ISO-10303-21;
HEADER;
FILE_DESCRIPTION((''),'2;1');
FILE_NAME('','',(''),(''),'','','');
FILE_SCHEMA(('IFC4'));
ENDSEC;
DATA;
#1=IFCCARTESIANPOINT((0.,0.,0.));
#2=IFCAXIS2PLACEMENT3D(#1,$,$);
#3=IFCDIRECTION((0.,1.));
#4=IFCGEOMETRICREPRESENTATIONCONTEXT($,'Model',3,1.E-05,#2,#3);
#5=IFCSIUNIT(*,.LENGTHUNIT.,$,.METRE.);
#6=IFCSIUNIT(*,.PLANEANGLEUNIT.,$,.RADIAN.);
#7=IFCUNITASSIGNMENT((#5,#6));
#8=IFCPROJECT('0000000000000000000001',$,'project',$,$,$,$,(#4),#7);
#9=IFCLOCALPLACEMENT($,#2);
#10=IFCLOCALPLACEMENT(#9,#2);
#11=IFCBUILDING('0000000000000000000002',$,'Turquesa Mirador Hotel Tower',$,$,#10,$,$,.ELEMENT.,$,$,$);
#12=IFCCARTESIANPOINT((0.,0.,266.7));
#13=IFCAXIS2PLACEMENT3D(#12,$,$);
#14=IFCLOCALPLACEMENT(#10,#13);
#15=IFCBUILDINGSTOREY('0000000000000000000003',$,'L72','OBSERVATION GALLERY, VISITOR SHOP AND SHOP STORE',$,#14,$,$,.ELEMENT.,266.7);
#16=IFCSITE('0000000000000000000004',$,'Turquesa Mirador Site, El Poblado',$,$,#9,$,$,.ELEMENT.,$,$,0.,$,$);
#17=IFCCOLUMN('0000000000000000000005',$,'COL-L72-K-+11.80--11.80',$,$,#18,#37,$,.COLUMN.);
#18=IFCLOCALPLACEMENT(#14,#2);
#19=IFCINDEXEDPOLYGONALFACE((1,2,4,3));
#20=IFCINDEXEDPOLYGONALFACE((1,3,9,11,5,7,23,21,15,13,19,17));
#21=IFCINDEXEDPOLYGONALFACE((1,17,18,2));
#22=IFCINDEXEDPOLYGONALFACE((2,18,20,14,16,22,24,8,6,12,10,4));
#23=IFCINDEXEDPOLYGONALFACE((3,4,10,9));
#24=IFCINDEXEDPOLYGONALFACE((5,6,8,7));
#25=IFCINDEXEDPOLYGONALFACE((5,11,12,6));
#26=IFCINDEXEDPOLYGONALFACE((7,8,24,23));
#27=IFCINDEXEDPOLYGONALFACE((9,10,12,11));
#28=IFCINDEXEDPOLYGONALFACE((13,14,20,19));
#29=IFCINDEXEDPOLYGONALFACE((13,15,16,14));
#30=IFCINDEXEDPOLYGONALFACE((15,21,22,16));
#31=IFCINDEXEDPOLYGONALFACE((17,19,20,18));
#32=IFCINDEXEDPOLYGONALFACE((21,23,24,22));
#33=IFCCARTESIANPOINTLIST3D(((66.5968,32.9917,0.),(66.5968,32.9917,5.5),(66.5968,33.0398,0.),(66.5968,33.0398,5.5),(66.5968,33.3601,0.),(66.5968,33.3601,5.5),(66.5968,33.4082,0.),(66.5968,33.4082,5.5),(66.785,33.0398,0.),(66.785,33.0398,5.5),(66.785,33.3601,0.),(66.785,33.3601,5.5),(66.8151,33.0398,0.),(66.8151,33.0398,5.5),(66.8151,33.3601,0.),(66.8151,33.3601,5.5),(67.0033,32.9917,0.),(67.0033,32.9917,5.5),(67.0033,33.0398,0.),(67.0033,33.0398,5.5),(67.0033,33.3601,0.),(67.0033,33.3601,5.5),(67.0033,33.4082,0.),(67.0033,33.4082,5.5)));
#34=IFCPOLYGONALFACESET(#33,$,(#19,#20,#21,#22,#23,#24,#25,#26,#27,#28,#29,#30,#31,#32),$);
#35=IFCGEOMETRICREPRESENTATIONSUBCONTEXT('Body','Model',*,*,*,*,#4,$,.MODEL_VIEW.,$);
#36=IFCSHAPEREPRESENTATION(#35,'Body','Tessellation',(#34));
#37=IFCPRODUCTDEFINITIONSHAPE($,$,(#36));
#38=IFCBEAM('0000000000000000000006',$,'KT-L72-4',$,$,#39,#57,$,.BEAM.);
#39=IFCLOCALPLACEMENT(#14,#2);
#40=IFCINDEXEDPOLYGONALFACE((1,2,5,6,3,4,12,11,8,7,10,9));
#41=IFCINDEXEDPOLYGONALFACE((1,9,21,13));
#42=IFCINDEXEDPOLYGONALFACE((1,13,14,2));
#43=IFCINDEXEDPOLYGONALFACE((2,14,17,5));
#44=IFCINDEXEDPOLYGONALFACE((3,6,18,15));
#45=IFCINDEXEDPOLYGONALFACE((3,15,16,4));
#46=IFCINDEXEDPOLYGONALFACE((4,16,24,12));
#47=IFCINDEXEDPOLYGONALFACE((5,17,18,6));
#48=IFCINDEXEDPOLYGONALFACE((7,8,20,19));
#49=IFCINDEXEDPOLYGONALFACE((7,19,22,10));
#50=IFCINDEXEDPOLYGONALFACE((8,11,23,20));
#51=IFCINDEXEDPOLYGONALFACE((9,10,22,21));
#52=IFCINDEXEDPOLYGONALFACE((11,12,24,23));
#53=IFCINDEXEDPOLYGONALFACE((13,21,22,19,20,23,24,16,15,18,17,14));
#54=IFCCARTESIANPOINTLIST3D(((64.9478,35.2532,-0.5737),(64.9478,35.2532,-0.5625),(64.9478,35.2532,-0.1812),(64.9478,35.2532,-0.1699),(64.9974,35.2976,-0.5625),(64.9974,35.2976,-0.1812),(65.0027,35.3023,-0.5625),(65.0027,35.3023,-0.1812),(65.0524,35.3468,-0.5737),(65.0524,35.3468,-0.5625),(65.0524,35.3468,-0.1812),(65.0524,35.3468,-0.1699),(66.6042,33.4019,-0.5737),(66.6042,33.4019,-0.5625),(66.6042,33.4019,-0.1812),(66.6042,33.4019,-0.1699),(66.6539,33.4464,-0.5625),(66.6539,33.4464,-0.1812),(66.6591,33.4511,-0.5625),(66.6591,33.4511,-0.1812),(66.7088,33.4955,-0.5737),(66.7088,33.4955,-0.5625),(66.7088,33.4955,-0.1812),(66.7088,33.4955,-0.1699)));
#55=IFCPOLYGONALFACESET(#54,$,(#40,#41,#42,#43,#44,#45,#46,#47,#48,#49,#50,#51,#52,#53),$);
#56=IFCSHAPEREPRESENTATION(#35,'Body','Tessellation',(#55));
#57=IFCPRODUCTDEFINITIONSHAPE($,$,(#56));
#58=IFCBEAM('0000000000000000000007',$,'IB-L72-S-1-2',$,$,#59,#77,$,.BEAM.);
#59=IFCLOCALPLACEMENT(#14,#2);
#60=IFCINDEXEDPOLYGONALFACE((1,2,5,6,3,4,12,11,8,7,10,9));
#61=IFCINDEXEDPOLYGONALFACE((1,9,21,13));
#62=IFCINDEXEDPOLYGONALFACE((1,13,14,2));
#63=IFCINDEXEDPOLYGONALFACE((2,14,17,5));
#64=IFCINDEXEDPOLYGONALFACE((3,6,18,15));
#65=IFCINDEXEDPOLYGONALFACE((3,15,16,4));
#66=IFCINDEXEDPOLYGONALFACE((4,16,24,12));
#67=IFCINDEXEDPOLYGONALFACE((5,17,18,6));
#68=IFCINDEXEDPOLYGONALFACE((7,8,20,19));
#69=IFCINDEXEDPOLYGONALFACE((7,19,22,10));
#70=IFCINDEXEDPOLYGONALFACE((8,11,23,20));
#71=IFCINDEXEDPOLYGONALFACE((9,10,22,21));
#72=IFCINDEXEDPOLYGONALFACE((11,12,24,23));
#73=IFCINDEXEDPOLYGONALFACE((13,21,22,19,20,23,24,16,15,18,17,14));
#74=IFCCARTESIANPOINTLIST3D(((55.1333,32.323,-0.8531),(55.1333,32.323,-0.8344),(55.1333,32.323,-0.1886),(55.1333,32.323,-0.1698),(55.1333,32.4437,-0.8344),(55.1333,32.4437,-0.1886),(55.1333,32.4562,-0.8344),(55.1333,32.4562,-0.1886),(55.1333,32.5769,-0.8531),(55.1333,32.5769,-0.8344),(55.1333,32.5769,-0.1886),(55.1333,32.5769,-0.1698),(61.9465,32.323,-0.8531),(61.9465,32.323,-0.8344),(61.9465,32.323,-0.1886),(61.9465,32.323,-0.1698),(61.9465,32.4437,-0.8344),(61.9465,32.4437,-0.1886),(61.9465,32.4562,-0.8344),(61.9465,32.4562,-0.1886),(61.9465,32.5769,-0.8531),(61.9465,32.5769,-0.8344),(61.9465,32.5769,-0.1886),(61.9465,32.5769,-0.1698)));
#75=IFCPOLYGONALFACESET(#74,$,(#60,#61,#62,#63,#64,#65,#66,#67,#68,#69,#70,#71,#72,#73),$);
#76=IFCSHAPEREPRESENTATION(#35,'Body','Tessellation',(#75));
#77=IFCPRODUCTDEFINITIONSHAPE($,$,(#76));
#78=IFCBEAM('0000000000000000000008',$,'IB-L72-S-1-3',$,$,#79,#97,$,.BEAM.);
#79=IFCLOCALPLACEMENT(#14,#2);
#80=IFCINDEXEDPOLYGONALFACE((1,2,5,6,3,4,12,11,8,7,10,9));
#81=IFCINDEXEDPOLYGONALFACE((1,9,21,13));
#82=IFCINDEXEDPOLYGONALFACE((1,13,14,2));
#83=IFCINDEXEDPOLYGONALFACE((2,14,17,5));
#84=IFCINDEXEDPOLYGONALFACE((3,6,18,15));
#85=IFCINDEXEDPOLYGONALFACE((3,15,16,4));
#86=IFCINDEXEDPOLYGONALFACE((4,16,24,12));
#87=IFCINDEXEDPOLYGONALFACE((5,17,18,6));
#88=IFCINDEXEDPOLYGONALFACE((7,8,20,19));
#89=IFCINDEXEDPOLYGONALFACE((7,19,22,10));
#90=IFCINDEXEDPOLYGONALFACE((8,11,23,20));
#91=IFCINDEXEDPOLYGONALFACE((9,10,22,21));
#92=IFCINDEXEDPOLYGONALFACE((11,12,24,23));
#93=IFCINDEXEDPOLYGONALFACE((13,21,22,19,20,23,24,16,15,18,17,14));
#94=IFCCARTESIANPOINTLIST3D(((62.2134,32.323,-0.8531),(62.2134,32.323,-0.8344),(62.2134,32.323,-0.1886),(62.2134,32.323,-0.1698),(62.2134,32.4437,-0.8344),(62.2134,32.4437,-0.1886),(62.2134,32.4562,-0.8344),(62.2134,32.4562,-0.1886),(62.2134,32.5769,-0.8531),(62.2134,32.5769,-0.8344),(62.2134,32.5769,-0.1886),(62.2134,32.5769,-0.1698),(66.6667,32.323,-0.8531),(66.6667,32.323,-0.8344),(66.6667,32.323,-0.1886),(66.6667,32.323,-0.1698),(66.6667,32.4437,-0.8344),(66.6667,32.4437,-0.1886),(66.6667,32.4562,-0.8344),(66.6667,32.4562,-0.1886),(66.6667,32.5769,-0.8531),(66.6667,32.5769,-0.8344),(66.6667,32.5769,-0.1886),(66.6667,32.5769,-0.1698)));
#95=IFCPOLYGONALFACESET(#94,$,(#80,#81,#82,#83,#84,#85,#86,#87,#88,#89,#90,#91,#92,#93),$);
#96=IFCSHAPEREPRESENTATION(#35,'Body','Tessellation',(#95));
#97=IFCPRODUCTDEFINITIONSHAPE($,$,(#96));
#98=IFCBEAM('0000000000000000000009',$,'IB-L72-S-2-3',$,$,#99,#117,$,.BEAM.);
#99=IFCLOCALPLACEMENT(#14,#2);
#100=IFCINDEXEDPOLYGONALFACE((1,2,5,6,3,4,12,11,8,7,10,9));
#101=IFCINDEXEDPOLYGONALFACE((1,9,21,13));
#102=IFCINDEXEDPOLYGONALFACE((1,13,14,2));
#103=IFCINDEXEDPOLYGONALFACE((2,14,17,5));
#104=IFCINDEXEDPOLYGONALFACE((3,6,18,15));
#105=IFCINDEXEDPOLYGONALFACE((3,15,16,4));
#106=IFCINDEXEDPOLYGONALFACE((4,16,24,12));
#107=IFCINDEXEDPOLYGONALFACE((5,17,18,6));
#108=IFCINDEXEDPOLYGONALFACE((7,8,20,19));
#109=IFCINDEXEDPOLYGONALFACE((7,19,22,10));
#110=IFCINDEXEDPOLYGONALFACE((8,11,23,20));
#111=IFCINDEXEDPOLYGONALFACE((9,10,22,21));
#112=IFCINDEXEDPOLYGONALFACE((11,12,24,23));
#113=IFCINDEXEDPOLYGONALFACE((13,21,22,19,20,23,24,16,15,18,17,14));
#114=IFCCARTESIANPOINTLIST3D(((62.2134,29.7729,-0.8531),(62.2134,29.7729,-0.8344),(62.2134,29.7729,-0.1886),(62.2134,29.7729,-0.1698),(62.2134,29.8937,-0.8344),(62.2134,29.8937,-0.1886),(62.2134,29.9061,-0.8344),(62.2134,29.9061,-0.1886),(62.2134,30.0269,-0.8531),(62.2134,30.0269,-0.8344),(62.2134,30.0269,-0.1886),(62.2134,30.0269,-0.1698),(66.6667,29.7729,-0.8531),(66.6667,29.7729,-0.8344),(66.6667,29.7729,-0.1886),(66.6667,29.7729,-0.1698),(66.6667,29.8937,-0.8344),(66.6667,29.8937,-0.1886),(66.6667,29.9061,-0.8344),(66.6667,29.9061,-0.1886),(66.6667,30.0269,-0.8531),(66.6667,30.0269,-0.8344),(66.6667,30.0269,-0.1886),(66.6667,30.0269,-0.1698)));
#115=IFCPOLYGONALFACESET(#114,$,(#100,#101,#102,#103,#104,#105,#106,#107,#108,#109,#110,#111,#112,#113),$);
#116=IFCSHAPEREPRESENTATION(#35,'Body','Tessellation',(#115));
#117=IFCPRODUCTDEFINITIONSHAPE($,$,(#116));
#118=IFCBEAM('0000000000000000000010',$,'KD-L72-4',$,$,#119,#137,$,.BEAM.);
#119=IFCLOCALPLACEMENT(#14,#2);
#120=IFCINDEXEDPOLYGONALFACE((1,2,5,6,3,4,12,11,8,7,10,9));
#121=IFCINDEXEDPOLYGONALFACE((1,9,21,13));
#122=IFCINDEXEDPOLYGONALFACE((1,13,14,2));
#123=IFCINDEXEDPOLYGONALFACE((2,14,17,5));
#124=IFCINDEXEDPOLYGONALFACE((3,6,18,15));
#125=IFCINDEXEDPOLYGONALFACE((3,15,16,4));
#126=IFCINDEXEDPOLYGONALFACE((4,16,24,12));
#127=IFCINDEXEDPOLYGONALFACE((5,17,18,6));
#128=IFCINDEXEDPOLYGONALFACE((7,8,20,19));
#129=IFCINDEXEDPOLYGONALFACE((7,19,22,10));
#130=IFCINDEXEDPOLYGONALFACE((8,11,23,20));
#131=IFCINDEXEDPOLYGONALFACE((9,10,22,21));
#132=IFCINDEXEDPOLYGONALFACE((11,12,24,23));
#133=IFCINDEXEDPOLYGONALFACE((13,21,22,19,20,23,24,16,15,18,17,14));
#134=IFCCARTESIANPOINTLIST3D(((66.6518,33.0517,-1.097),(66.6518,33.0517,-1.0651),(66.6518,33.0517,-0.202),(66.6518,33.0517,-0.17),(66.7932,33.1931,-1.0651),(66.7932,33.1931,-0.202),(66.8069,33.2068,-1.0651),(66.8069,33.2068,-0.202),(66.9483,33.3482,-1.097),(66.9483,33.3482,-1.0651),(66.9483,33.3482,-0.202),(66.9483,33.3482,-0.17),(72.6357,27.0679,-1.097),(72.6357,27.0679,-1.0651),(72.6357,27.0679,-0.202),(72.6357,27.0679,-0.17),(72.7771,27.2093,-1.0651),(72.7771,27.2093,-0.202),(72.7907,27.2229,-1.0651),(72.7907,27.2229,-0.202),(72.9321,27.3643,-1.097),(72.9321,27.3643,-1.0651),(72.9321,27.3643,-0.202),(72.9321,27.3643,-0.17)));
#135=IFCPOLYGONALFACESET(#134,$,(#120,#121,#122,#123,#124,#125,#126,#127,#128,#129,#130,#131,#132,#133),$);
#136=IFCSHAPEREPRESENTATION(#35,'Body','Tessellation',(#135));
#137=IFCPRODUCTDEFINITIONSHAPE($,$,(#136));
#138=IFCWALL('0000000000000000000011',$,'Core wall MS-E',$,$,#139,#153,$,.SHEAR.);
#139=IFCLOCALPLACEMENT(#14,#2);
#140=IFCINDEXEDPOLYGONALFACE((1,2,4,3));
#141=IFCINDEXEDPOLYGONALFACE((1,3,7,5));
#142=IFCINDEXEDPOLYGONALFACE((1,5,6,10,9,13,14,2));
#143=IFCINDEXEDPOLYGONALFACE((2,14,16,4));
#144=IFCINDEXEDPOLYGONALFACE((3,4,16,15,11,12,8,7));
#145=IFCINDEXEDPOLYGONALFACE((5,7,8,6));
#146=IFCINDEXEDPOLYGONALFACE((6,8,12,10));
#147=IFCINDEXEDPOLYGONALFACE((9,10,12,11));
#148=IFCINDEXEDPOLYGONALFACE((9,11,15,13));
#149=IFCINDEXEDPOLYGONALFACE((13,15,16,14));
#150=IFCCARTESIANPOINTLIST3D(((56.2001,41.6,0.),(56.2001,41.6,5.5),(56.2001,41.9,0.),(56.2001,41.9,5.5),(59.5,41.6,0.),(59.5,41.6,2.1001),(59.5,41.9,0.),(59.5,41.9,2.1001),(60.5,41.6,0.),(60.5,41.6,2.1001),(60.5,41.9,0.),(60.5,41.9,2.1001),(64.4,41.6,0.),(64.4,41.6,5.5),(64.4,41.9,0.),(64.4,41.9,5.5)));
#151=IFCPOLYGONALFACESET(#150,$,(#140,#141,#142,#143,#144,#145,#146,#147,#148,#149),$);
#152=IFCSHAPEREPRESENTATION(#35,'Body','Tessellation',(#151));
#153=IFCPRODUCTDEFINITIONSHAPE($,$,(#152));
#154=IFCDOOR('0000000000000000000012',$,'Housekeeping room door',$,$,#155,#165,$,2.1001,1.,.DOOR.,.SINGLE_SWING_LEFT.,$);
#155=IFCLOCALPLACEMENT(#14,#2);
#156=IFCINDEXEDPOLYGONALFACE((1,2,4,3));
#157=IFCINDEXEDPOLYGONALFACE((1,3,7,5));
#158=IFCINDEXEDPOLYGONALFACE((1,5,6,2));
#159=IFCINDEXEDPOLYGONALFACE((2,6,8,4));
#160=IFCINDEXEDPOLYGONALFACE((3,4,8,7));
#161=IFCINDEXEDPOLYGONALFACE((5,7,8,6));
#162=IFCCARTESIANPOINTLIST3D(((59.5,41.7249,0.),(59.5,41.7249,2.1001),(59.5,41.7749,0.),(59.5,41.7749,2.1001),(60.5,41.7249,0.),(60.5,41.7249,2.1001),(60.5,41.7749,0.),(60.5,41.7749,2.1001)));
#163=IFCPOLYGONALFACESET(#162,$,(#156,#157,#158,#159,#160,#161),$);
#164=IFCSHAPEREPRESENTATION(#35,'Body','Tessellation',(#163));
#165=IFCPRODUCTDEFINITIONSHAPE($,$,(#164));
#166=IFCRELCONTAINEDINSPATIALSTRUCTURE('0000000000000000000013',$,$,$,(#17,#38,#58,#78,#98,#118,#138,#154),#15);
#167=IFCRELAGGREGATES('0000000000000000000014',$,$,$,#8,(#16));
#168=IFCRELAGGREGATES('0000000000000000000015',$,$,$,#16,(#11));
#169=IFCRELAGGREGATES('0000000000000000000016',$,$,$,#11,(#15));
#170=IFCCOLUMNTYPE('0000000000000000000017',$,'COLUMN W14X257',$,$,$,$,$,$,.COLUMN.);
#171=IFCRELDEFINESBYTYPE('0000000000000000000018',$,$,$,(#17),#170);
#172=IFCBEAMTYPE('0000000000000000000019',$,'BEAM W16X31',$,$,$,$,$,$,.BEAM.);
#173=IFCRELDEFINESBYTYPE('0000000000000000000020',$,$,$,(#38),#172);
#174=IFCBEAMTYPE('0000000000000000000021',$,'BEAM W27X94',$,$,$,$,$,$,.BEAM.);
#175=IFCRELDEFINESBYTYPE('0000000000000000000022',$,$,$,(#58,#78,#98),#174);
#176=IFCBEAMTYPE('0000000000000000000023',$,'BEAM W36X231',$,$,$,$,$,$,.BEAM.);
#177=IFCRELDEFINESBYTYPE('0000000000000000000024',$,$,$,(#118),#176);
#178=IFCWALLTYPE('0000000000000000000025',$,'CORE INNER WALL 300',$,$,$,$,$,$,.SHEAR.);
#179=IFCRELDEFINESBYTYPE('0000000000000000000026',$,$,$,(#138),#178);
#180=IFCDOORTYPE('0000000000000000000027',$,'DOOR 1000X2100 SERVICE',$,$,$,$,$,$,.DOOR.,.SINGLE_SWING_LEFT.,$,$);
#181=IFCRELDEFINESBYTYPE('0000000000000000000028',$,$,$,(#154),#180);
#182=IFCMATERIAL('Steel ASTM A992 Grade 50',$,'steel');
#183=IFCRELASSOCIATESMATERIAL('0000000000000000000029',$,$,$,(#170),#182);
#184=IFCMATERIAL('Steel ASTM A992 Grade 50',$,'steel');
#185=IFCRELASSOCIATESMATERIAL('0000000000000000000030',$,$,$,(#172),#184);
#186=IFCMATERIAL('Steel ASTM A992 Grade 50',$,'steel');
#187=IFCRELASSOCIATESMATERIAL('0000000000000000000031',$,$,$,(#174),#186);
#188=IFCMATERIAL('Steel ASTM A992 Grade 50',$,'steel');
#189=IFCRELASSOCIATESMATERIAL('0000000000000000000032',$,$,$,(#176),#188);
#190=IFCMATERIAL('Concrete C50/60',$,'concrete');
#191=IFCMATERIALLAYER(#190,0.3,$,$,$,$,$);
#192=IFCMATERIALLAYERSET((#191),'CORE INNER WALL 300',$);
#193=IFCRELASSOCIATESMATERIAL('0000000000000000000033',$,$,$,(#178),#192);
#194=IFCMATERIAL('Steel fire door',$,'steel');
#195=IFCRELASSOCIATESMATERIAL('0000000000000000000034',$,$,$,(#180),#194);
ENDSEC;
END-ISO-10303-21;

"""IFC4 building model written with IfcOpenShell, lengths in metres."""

from ifc_helpers import new_model, si_unit, direction, frame, frame_2d, origin, origin_2d, place, context, subcontext, project, spatial, rectangle, i_section, extrude, material, layer, layer_set, material_profile, profile_set, type_object, element, fill, save


model = new_model("IFC4")

# Units and contexts
model_context = context("Model", 3, precision=1e-05, world=origin(), true_north=direction((0.0, 1.0)))
body_context = subcontext(model_context, "Body", "Model", "MODEL_VIEW")
ifc_project = project(units=[si_unit("LENGTHUNIT", "METRE"), si_unit("PLANEANGLEUNIT", "RADIAN")], contexts=[model_context])

# Site, building, storey
site_placement = place(None, origin())
site = spatial("IfcSite", under=ifc_project, at=site_placement, Name="Turquesa Mirador Site, El Poblado", CompositionType="ELEMENT", RefElevation=0.0)
building_placement = place(site_placement, origin())
building = spatial("IfcBuilding", under=site, at=building_placement, Name="Turquesa Mirador Hotel Tower", CompositionType="ELEMENT")
storey_placement = place(building_placement, frame((0.0, 0.0, 266.7)))
storey = spatial("IfcBuildingStorey", under=building, at=storey_placement, Name="L72", Description="OBSERVATION GALLERY, VISITOR SHOP AND SHOP STORE", CompositionType="ELEMENT", Elevation=266.7)

# Column
ifc_material_1 = material(Name="Steel ASTM A992 Grade 50", Category="steel")
ifc_material_profile_1 = material_profile(ifc_material_1, i_section(OverallWidth=0.4065, OverallDepth=0.4165, WebThickness=0.03, FlangeThickness=0.0481, at=origin_2d()), Name="W14X257")
ifc_profile_set_1 = profile_set([ifc_material_profile_1], Name="Steel ASTM A992 Grade 50")
column_type = type_object("IfcColumnType", Name="COLUMN W14X257", PredefinedType="COLUMN", material=ifc_profile_set_1)
column_placement = place(storey_placement, frame((66.8, 33.2, 0.0), z_axis=(0.0, 0.0, 1.0), x_axis=(1.0, 0.0, 0.0)))
element("IfcColumn", 1, at=column_placement, inside=storey, type_object=column_type, Name="COL-L72-K-+11.80--11.80", PredefinedType="COLUMN", context=body_context, shape_type="SweptSolid", body=[
    extrude(i_section(OverallWidth=0.4065, OverallDepth=0.4165, WebThickness=0.03, FlangeThickness=0.0481, at=origin_2d()), origin(), (0.0, 0.0, 1.0), 5.5),
])

# Beams
ifc_material_2 = material(Name="Steel ASTM A992 Grade 50", Category="steel")
ifc_material_profile_2 = material_profile(ifc_material_2, i_section(OverallWidth=0.1404, OverallDepth=0.4038, WebThickness=0.0071, FlangeThickness=0.0112, at=origin_2d()), Name="W16X31")
ifc_profile_set_2 = profile_set([ifc_material_profile_2], Name="Steel ASTM A992 Grade 50")
beam_type_1 = type_object("IfcBeamType", Name="BEAM W16X31", PredefinedType="BEAM", material=ifc_profile_set_2)
beam_1_placement = place(storey_placement, frame((66.6565, 33.4487, -0.3718), z_axis=(-0.666806, 0.745231, 0.0), x_axis=(-0.745231, -0.666806, 0.0)))
element("IfcBeam", 2, at=beam_1_placement, inside=storey, type_object=beam_type_1, Name="KT-L72-4", PredefinedType="BEAM", context=body_context, shape_type="SweptSolid", body=[
    extrude(i_section(OverallWidth=0.1404, OverallDepth=0.4038, WebThickness=0.0071, FlangeThickness=0.0112, at=origin_2d()), origin(), (0.0, 0.0, 1.0), 2.4841),
])
ifc_material_3 = material(Name="Steel ASTM A992 Grade 50", Category="steel")
ifc_material_profile_3 = material_profile(ifc_material_3, i_section(OverallWidth=0.2539, OverallDepth=0.6833, WebThickness=0.0125, FlangeThickness=0.0188, at=origin_2d()), Name="W27X94")
ifc_profile_set_3 = profile_set([ifc_material_profile_3], Name="Steel ASTM A992 Grade 50")
beam_type_2 = type_object("IfcBeamType", Name="BEAM W27X94", PredefinedType="BEAM", material=ifc_profile_set_3)
beam_2_placement = place(storey_placement, frame((55.1333, 32.45, -0.5115), z_axis=(1.0, 0.0, 0.0), x_axis=(0.0, 1.0, 0.0)))
element("IfcBeam", 3, at=beam_2_placement, inside=storey, type_object=beam_type_2, Name="IB-L72-S-1-2", PredefinedType="BEAM", context=body_context, shape_type="SweptSolid", body=[
    extrude(i_section(OverallWidth=0.2539, OverallDepth=0.6833, WebThickness=0.0125, FlangeThickness=0.0188, at=origin_2d()), origin(), (0.0, 0.0, 1.0), 6.8132),
])
for number, where, z_axis, x_axis, name in (
    (4, (62.2134, 32.45, -0.5115), (1.0, 0.0, 0.0), (0.0, 1.0, 0.0), "IB-L72-S-1-3"),
    (5, (62.2134, 29.8999, -0.5115), (1.0, 0.0, 0.0), (0.0, 1.0, 0.0), "IB-L72-S-2-3"),
):
    element("IfcBeam", number, at=place(storey_placement, frame(where, z_axis=z_axis, x_axis=x_axis)), inside=storey, type_object=beam_type_2, Name=name, PredefinedType="BEAM", context=body_context, shape_type="SweptSolid", body=[
        extrude(i_section(OverallWidth=0.2539, OverallDepth=0.6833, WebThickness=0.0125, FlangeThickness=0.0188, at=origin_2d()), origin(), (0.0, 0.0, 1.0), 4.4534),
    ])
ifc_material_4 = material(Name="Steel ASTM A992 Grade 50", Category="steel")
ifc_material_profile_4 = material_profile(ifc_material_4, i_section(OverallWidth=0.4192, OverallDepth=0.927, WebThickness=0.0193, FlangeThickness=0.032, at=origin_2d()), Name="W36X231")
ifc_profile_set_4 = profile_set([ifc_material_profile_4], Name="Steel ASTM A992 Grade 50")
beam_type_3 = type_object("IfcBeamType", Name="BEAM W36X231", PredefinedType="BEAM", material=ifc_profile_set_4)
beam_3_placement = place(storey_placement, frame((66.8, 33.2, -0.6335), z_axis=(0.707107, -0.707107, 0.0), x_axis=(0.707107, 0.707107, 0.0)))
element("IfcBeam", 6, at=beam_3_placement, inside=storey, type_object=beam_type_3, Name="KD-L72-4", PredefinedType="BEAM", context=body_context, shape_type="SweptSolid", body=[
    extrude(i_section(OverallWidth=0.4192, OverallDepth=0.927, WebThickness=0.0193, FlangeThickness=0.032, at=origin_2d()), origin(), (0.0, 0.0, 1.0), 8.4624),
])

# Wall, opening, door
ifc_material_5 = material(Name="Concrete C50/60", Category="concrete")
ifc_layer_1 = layer(ifc_material_5, 0.3)
ifc_layer_set_1 = layer_set([ifc_layer_1], Name="CORE INNER WALL 300")
wall_type_1 = type_object("IfcWallType", Name="CORE INNER WALL 300", PredefinedType="SHEAR", material=ifc_layer_set_1)
wall_1_placement = place(storey_placement, frame((56.2, 41.75, 0.0), z_axis=(0.0, 0.0, 1.0), x_axis=(1.0, 0.0, 0.0)))
wall_1 = element("IfcWall", 7, at=wall_1_placement, inside=storey, type_object=wall_type_1, Name="Core wall MS-E", PredefinedType="SHEAR", context=body_context, shape_type="SweptSolid", body=[
    extrude(rectangle(XDim=8.2, YDim=0.3, at=frame_2d((4.1001, 0.0))), origin(), (0.0, 0.0, 1.0), 5.5),
])
opening_1_placement = place(wall_1_placement, frame((3.3, 0.0, 0.0)))
opening_1 = element("IfcOpeningElement", 8, at=opening_1_placement, cuts=wall_1, PredefinedType="OPENING", context=body_context, shape_type="SweptSolid", body=[
    extrude(rectangle(XDim=1.0, YDim=2.1001, at=frame_2d((0.5, 1.05))), frame((0.0, 0.1599, 0.0), z_axis=(0.0, -1.0, 0.0), x_axis=(1.0, 0.0, 0.0)), (0.0, 0.0, 1.0), 0.3201),
])
ifc_material_6 = material(Name="Steel fire door", Category="steel")
door_type_1 = type_object("IfcDoorType", Name="DOOR 1000X2100 SERVICE", OperationType="SINGLE_SWING_LEFT", PredefinedType="DOOR", material=ifc_material_6)
door_1_placement = place(opening_1_placement, origin())
door_1 = element("IfcDoor", 9, at=door_1_placement, inside=storey, type_object=door_type_1, Name="Housekeeping room door", OperationType="SINGLE_SWING_LEFT", OverallHeight=2.1001, OverallWidth=1.0, PredefinedType="DOOR", context=body_context, shape_type="SweptSolid", body=[
    extrude(rectangle(XDim=1.0, YDim=2.1001, at=frame_2d((0.5, 1.05))), frame((0.0, 0.0249, 0.0), z_axis=(0.0, -1.0, 0.0), x_axis=(1.0, 0.0, 0.0)), (0.0, 0.0, 1.0), 0.05),
])
fill(opening_1, door_1)

save(model, "model.ifc")
